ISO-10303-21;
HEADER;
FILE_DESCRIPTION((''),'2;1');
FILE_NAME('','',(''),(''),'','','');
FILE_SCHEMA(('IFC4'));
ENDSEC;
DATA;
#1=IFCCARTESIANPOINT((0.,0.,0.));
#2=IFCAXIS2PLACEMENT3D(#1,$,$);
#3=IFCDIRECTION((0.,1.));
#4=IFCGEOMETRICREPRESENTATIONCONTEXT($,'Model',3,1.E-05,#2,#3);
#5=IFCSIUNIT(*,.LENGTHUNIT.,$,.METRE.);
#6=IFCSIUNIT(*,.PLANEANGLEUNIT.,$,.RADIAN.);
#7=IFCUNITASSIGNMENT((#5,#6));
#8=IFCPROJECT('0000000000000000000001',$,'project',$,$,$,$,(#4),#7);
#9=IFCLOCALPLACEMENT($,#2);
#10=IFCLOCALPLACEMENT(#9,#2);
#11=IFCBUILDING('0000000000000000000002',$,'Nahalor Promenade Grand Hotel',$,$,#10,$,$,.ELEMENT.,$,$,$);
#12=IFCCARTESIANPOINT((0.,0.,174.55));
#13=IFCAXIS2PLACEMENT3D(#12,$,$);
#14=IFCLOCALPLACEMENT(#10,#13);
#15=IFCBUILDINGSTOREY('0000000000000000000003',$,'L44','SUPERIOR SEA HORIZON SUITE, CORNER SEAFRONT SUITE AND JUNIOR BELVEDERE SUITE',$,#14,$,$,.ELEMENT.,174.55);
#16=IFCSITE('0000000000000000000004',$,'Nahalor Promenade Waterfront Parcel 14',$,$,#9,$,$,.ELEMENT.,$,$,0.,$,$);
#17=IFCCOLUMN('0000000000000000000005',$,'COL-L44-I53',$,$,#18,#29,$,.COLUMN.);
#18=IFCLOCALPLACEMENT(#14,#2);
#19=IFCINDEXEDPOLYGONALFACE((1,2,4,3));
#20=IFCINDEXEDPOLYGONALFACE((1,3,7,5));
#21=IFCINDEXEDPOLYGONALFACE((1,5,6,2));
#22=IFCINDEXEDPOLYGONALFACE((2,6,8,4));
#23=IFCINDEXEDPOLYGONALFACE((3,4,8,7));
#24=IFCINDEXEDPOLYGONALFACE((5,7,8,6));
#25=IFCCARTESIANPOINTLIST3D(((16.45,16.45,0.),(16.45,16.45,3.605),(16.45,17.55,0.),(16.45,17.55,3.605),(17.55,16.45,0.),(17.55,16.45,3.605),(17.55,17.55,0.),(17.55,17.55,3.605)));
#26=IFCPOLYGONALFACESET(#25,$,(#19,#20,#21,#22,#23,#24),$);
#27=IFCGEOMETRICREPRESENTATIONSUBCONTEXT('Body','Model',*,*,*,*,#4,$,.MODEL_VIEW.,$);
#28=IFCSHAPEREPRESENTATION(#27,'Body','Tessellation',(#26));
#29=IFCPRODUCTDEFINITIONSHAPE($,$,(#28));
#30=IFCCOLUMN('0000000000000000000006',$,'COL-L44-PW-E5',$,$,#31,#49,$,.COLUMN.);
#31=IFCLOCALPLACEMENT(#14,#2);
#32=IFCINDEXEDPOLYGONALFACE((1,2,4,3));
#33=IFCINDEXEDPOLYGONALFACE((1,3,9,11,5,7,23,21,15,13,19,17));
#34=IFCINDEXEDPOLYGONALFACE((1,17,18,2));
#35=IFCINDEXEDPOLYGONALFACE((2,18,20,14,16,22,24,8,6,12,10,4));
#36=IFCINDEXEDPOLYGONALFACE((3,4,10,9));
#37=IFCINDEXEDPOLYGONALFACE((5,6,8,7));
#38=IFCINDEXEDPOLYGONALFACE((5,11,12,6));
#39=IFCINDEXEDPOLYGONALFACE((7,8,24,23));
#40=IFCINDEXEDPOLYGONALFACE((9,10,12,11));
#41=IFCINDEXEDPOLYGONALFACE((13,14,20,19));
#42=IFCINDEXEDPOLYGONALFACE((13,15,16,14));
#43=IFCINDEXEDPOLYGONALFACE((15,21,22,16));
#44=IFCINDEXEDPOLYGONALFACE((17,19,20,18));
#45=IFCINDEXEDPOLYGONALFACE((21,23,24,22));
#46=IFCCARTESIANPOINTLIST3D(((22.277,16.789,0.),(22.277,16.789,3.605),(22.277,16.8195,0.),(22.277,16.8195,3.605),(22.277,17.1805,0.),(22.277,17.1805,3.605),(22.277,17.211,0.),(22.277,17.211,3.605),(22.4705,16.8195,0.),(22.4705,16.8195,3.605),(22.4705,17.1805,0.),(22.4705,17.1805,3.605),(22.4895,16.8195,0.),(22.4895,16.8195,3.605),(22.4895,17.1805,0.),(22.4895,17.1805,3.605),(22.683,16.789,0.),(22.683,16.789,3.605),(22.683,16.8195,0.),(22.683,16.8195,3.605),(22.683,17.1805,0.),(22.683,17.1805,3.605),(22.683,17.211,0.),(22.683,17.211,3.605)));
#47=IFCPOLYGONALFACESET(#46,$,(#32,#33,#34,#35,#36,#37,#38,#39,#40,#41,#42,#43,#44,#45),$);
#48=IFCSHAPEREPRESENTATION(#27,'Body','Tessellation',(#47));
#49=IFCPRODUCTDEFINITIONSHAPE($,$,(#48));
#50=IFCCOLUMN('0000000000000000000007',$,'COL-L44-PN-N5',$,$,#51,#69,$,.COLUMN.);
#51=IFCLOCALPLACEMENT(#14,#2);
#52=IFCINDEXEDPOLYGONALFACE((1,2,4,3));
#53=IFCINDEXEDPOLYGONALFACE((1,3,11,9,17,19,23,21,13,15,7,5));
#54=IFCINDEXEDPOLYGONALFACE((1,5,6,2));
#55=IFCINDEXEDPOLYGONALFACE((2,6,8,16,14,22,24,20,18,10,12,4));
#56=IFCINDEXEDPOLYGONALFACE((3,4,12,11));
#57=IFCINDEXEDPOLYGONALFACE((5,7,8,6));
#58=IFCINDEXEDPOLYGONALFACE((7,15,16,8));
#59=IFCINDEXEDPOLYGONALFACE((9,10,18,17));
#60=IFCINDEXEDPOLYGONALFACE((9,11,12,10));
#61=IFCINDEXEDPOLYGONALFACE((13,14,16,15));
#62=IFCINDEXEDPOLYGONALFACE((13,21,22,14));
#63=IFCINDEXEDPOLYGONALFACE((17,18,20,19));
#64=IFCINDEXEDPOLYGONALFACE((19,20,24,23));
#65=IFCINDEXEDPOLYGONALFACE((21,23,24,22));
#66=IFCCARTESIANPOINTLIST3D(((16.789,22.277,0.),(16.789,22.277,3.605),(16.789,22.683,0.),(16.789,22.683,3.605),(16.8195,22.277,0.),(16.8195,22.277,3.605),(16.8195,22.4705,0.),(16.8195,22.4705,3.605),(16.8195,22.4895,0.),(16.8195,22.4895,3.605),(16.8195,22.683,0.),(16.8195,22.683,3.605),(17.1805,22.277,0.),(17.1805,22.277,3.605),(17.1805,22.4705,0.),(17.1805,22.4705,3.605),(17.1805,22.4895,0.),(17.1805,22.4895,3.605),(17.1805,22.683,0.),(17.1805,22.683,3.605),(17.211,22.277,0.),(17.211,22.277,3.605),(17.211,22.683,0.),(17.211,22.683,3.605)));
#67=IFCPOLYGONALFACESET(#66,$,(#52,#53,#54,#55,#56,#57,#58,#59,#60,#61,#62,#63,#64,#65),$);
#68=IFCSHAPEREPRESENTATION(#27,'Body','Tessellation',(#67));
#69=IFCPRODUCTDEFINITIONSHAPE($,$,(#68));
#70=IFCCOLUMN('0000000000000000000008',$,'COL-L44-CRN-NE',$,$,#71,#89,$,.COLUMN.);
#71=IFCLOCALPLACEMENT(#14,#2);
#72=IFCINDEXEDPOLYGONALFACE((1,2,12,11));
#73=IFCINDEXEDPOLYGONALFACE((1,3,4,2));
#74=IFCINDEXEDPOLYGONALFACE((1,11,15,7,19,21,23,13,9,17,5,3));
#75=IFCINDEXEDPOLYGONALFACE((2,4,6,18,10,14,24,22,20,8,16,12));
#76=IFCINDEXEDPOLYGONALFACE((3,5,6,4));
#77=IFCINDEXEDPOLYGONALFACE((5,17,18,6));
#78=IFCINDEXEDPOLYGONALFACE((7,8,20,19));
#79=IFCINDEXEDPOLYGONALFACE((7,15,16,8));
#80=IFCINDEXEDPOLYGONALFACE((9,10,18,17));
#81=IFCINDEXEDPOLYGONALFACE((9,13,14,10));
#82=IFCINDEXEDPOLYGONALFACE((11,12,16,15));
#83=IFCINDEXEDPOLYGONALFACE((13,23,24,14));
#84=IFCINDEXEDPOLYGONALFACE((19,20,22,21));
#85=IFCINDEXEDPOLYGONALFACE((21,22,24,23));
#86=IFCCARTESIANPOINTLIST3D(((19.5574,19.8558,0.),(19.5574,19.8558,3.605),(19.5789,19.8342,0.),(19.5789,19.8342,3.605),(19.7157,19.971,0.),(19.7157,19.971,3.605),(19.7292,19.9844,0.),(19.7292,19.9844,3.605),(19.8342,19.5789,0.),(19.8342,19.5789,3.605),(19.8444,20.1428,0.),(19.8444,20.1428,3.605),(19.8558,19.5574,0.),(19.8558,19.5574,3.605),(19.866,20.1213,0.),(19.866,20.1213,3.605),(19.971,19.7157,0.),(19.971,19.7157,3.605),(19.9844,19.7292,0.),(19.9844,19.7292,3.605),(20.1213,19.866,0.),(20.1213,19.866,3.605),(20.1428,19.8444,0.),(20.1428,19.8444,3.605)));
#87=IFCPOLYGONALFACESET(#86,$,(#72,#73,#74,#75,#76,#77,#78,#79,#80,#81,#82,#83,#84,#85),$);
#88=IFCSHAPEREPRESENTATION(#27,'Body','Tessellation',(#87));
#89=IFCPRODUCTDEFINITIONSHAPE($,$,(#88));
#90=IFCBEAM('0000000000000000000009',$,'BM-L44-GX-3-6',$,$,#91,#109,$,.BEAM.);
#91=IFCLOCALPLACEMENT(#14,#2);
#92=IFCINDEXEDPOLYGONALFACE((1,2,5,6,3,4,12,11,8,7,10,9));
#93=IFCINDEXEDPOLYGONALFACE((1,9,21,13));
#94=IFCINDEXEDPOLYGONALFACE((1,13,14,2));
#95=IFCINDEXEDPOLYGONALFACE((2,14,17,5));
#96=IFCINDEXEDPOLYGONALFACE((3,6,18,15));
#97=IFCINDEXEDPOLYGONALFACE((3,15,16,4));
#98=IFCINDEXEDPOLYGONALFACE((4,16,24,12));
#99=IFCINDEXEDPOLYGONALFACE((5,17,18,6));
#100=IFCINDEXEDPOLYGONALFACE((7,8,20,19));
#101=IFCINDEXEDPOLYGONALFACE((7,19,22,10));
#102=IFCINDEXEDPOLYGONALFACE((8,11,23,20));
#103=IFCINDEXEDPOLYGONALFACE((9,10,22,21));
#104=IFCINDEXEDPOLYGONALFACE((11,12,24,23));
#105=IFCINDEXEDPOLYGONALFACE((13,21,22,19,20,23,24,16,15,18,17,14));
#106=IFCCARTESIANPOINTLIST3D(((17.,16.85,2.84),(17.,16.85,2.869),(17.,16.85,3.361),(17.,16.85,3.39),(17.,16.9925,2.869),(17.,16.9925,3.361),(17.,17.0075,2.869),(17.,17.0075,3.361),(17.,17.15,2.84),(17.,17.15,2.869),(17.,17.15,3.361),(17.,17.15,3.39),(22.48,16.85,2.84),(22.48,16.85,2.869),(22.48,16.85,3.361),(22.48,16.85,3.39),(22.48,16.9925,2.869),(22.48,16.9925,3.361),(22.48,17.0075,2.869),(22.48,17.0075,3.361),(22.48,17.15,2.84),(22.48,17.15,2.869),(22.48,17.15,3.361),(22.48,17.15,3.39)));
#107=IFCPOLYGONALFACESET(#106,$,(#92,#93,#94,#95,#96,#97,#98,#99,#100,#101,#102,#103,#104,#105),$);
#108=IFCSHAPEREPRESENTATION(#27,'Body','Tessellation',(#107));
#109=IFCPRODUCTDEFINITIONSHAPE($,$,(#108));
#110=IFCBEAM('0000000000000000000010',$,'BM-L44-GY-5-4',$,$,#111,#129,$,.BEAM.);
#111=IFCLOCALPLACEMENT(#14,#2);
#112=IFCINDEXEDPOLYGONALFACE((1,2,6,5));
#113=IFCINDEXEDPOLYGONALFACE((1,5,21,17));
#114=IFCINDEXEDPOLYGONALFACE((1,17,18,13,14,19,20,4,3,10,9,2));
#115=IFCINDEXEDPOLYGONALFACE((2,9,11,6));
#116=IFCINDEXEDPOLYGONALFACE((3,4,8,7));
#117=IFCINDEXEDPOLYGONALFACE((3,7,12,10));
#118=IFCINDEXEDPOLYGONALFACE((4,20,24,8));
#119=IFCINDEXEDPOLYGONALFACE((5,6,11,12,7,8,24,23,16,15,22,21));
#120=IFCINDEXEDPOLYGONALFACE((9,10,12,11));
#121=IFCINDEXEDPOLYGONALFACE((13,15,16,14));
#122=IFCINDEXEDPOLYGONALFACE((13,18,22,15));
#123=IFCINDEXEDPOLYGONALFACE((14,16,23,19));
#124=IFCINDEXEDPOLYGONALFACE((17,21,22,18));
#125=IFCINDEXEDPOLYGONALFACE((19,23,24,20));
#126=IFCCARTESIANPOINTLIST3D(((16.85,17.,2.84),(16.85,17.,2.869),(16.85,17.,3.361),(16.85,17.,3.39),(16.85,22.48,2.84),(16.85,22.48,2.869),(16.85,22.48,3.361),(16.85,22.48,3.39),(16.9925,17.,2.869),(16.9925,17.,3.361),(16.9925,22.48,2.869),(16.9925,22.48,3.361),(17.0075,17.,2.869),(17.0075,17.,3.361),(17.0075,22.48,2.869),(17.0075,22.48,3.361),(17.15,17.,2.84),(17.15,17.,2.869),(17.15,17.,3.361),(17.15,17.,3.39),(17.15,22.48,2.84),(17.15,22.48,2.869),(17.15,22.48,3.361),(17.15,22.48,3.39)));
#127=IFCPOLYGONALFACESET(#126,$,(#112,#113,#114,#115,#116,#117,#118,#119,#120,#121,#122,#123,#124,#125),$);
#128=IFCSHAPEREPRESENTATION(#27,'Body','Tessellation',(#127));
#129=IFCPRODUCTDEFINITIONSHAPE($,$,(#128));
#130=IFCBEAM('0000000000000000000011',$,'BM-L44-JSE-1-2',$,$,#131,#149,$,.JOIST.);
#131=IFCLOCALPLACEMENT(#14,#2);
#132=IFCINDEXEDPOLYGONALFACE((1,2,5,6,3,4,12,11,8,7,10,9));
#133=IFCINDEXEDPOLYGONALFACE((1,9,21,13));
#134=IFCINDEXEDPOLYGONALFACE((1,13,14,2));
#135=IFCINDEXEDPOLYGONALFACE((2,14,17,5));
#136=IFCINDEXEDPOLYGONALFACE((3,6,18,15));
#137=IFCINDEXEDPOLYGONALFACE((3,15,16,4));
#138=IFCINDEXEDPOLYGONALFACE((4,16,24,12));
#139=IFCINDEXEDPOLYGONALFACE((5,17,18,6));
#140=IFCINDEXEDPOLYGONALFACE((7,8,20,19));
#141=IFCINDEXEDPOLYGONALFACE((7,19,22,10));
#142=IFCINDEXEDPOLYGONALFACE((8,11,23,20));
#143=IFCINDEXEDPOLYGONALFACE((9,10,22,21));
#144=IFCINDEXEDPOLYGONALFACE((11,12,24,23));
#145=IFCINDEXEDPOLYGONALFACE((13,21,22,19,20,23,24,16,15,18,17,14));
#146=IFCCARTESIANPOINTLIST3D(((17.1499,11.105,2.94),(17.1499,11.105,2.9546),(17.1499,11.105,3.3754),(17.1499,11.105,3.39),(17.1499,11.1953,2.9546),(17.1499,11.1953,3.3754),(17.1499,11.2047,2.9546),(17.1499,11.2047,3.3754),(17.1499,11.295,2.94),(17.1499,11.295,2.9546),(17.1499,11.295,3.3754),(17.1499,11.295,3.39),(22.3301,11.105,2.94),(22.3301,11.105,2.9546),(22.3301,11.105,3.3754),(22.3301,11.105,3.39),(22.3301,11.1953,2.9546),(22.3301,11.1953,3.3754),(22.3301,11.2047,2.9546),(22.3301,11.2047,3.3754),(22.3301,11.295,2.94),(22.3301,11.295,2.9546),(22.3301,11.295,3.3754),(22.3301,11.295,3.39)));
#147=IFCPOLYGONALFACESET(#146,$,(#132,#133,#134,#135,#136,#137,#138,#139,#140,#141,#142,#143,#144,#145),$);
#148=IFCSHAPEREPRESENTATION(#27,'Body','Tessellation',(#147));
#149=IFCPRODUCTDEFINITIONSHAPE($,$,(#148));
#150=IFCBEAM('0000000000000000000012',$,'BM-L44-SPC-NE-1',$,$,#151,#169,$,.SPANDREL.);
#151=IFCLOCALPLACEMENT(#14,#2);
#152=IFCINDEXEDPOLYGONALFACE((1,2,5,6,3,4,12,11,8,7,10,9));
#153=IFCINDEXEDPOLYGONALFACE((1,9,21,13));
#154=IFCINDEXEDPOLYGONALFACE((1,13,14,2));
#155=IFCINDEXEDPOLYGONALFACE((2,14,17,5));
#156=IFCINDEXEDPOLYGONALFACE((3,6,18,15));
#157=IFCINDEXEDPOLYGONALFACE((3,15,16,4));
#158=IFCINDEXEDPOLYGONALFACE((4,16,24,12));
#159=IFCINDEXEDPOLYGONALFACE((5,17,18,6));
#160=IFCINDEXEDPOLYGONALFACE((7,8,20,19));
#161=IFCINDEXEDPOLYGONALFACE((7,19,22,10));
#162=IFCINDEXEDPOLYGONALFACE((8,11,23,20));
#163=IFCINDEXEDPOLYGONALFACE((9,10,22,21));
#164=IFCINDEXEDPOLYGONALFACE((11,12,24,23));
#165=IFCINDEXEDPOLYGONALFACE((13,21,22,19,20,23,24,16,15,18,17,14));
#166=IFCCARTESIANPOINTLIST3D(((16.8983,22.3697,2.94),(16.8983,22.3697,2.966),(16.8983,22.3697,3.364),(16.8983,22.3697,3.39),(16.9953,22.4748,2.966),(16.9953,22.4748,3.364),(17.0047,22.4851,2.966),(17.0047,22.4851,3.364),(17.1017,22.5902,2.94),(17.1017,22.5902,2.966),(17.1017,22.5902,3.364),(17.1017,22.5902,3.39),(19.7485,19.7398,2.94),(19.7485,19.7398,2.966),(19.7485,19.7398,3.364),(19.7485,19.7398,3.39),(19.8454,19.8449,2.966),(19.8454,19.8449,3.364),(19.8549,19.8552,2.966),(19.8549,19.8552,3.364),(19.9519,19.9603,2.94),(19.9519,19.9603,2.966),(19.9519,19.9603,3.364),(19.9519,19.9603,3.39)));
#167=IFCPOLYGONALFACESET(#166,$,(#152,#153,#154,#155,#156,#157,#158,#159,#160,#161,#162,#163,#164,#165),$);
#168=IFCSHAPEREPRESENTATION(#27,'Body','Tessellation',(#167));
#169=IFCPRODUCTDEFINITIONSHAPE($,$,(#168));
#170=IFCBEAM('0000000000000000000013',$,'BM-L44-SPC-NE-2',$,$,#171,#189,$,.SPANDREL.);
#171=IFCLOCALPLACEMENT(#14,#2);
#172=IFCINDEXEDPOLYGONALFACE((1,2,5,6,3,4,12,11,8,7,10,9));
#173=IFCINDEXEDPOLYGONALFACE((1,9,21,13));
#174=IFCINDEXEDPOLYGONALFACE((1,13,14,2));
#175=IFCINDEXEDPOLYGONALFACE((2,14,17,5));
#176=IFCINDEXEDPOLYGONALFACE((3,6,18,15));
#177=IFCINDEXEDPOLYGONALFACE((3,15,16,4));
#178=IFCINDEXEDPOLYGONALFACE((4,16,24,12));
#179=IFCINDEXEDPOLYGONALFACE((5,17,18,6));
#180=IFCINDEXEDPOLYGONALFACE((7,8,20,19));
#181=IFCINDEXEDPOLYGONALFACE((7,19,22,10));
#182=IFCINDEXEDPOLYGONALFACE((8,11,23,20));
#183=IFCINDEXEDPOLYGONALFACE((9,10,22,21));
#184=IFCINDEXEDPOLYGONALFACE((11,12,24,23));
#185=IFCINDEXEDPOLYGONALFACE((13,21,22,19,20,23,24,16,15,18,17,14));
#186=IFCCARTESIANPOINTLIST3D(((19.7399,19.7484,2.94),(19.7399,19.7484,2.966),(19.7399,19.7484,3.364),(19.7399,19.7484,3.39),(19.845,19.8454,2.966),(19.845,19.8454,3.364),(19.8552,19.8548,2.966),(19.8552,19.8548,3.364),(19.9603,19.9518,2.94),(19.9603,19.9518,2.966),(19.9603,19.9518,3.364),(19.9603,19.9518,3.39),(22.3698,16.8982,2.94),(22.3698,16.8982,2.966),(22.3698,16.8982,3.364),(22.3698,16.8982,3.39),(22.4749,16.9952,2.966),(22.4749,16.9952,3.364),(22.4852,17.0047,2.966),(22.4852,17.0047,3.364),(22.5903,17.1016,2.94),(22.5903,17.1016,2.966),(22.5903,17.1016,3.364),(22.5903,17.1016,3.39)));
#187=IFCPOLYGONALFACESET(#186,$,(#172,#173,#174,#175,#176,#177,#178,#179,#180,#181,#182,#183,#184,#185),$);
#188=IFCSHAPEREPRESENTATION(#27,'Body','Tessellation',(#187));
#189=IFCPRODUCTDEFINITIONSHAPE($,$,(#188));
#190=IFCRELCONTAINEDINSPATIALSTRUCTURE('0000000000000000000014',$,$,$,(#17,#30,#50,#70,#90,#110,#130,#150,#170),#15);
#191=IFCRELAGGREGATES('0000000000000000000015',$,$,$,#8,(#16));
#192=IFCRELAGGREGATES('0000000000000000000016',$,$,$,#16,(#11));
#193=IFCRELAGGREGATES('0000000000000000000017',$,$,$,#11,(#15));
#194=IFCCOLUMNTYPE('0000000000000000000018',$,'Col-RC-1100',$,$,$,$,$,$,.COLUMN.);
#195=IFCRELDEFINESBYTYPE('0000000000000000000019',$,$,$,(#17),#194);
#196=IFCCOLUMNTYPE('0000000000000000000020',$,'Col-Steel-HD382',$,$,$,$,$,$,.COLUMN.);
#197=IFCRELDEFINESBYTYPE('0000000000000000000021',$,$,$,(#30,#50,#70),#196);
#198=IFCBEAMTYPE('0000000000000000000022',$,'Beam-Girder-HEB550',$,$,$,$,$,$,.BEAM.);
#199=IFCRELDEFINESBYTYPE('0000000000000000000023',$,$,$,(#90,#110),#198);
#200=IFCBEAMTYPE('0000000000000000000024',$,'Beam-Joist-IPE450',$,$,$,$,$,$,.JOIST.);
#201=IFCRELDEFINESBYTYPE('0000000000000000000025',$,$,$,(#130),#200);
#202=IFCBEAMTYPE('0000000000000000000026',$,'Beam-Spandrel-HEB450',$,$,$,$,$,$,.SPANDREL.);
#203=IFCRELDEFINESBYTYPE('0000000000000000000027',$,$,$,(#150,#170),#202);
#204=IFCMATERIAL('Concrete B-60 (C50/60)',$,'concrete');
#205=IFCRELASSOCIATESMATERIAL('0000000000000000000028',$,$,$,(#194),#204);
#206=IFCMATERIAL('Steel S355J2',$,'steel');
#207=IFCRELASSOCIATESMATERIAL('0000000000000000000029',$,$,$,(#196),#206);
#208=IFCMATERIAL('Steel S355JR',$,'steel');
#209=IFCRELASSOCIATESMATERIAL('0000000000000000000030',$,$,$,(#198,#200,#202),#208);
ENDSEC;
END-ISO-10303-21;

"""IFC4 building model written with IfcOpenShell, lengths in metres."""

from ifc_helpers import new_model, si_unit, direction, frame, origin, origin_2d, place, context, subcontext, project, spatial, rectangle, i_section, extrude, source, transform, mapped, material, material_profile, profile_set, type_object, element, save


model = new_model("IFC4")

# Units and contexts
model_context = context("Model", 3, precision=1e-05, world=origin(), true_north=direction((0.0, 1.0)))
body_context = subcontext(model_context, "Body", "Model", "MODEL_VIEW")
ifc_project = project(units=[si_unit("LENGTHUNIT", "METRE"), si_unit("PLANEANGLEUNIT", "RADIAN")], contexts=[model_context])

# Site, building, storey
site_placement = place(None, origin())
site = spatial("IfcSite", under=ifc_project, at=site_placement, Name="Nahalor Promenade Waterfront Parcel 14", CompositionType="ELEMENT", RefElevation=0.0)
building_placement = place(site_placement, origin())
building = spatial("IfcBuilding", under=site, at=building_placement, Name="Nahalor Promenade Grand Hotel", CompositionType="ELEMENT")
storey_placement = place(building_placement, frame((0.0, 0.0, 174.55)))
storey = spatial("IfcBuildingStorey", under=building, at=storey_placement, Name="L44", Description="SUPERIOR SEA HORIZON SUITE, CORNER SEAFRONT SUITE AND JUNIOR BELVEDERE SUITE", CompositionType="ELEMENT", Elevation=174.55)

# Columns
ifc_material_1 = material(Name="Concrete B-60 (C50/60)", Category="concrete")
ifc_material_profile_1 = material_profile(ifc_material_1, rectangle(XDim=1.1, YDim=1.1, at=origin_2d()), Name="RC 1100x1100")
ifc_profile_set_1 = profile_set([ifc_material_profile_1], Name="Concrete B-60 (C50/60)")
column_type_1 = type_object("IfcColumnType", Name="Col-RC-1100", PredefinedType="COLUMN", material=ifc_profile_set_1)
shared_shape_1 = source(origin(), body_context, "Body", "SweptSolid", [
    extrude(rectangle(XDim=1.1, YDim=1.1, at=origin_2d()), origin(), (0.0, 0.0, 1.0), 3.605),
])
column_placement = place(storey_placement, frame((17.0, 17.0, 0.0), z_axis=(0.0, 0.0, 1.0), x_axis=(1.0, 0.0, 0.0)))
element("IfcColumn", 1, at=column_placement, inside=storey, type_object=column_type_1, Name="COL-L44-I53", PredefinedType="COLUMN", context=body_context, shape_type="MappedRepresentation", body=[
    mapped(shared_shape_1, transform((0.0, 0.0, 0.0), scale=1.0)),
])
ifc_material_2 = material(Name="Steel S355J2", Category="steel")
ifc_material_profile_2 = material_profile(ifc_material_2, i_section(OverallWidth=0.406, OverallDepth=0.422, WebThickness=0.019, FlangeThickness=0.0305, at=origin_2d()), Name="HD 400x382")
ifc_profile_set_2 = profile_set([ifc_material_profile_2], Name="Steel S355J2")
column_type_2 = type_object("IfcColumnType", Name="Col-Steel-HD382", PredefinedType="COLUMN", material=ifc_profile_set_2)
shared_shape_2 = source(origin(), body_context, "Body", "SweptSolid", [
    extrude(i_section(OverallWidth=0.406, OverallDepth=0.422, WebThickness=0.019, FlangeThickness=0.0305, at=origin_2d()), origin(), (0.0, 0.0, 1.0), 3.605),
])
for number, where, z_axis, x_axis, name in (
    (2, (22.48, 17.0, 0.0), (0.0, 0.0, 1.0), (1.0, 0.0, 0.0), "COL-L44-PW-E5"),
    (3, (17.0, 22.48, 0.0), (0.0, 0.0, 1.0), (0.0, 1.0, 0.0), "COL-L44-PN-N5"),
    (4, (19.8501, 19.8501, 0.0), (0.0, 0.0, 1.0), (0.707107, 0.707107, 0.0), "COL-L44-CRN-NE"),
):
    element("IfcColumn", number, at=place(storey_placement, frame(where, z_axis=z_axis, x_axis=x_axis)), inside=storey, type_object=column_type_2, Name=name, PredefinedType="COLUMN", context=body_context, shape_type="MappedRepresentation", body=[
        mapped(shared_shape_2, transform((0.0, 0.0, 0.0), scale=1.0)),
    ])

# Beams
ifc_material_3 = material(Name="Steel S355JR", Category="steel")
ifc_material_profile_3 = material_profile(ifc_material_3, i_section(OverallWidth=0.3, OverallDepth=0.55, WebThickness=0.015, FlangeThickness=0.029, at=origin_2d()), Name="HEB 550")
ifc_profile_set_3 = profile_set([ifc_material_profile_3], Name="Steel S355JR")
beam_type_1 = type_object("IfcBeamType", Name="Beam-Girder-HEB550", PredefinedType="BEAM", material=ifc_profile_set_3)
shared_shape_3 = source(origin(), body_context, "Body", "SweptSolid", [
    extrude(i_section(OverallWidth=0.3, OverallDepth=0.55, WebThickness=0.015, FlangeThickness=0.029, at=origin_2d()), origin(), (0.0, 0.0, 1.0), 5.48),
])
for number, where, z_axis, x_axis, name in (
    (5, (17.0, 17.0, 3.115), (1.0, 0.0, 0.0), (0.0, 1.0, 0.0), "BM-L44-GX-3-6"),
    (6, (17.0, 17.0, 3.115), (0.0, 1.0, 0.0), (-1.0, 0.0, 0.0), "BM-L44-GY-5-4"),
):
    element("IfcBeam", number, at=place(storey_placement, frame(where, z_axis=z_axis, x_axis=x_axis)), inside=storey, type_object=beam_type_1, Name=name, PredefinedType="BEAM", context=body_context, shape_type="MappedRepresentation", body=[
        mapped(shared_shape_3, transform((0.0, 0.0, 0.0), scale=1.0)),
    ])
ifc_material_profile_4 = material_profile(ifc_material_3, i_section(OverallWidth=0.19, OverallDepth=0.45, WebThickness=0.0094, FlangeThickness=0.0146, at=origin_2d()), Name="IPE 450")
ifc_profile_set_4 = profile_set([ifc_material_profile_4], Name="Steel S355JR")
beam_type_2 = type_object("IfcBeamType", Name="Beam-Joist-IPE450", PredefinedType="JOIST", material=ifc_profile_set_4)
shared_shape_4 = source(origin(), body_context, "Body", "SweptSolid", [
    extrude(i_section(OverallWidth=0.19, OverallDepth=0.45, WebThickness=0.0094, FlangeThickness=0.0146, at=origin_2d()), origin(), (0.0, 0.0, 1.0), 5.1802),
])
beam_placement = place(storey_placement, frame((17.1499, 11.2, 3.165), z_axis=(1.0, 0.0, 0.0), x_axis=(0.0, 1.0, 0.0)))
element("IfcBeam", 7, at=beam_placement, inside=storey, type_object=beam_type_2, Name="BM-L44-JSE-1-2", PredefinedType="JOIST", context=body_context, shape_type="MappedRepresentation", body=[
    mapped(shared_shape_4, transform((0.0, 0.0, 0.0), scale=1.0)),
])
ifc_material_profile_5 = material_profile(ifc_material_3, i_section(OverallWidth=0.3, OverallDepth=0.45, WebThickness=0.014, FlangeThickness=0.026, at=origin_2d()), Name="HEB 450")
ifc_profile_set_5 = profile_set([ifc_material_profile_5], Name="Steel S355JR")
beam_type_3 = type_object("IfcBeamType", Name="Beam-Spandrel-HEB450", PredefinedType="SPANDREL", material=ifc_profile_set_5)
shared_shape_5 = source(origin(), body_context, "Body", "SweptSolid", [
    extrude(i_section(OverallWidth=0.3, OverallDepth=0.45, WebThickness=0.014, FlangeThickness=0.026, at=origin_2d()), origin(), (0.0, 0.0, 1.0), 3.8782),
])
for number, where, z_axis, x_axis, name in (
    (8, (17.0, 22.48, 3.165), (0.734929, -0.678144, 0.0), (0.678144, 0.734929, 0.0), "BM-L44-SPC-NE-1"),
    (9, (19.8501, 19.8501, 3.165), (0.678144, -0.734929, 0.0), (0.734929, 0.678144, 0.0), "BM-L44-SPC-NE-2"),
):
    element("IfcBeam", number, at=place(storey_placement, frame(where, z_axis=z_axis, x_axis=x_axis)), inside=storey, type_object=beam_type_3, Name=name, PredefinedType="SPANDREL", context=body_context, shape_type="MappedRepresentation", body=[
        mapped(shared_shape_5, transform((0.0, 0.0, 0.0), scale=1.0)),
    ])

save(model, "model.ifc")
